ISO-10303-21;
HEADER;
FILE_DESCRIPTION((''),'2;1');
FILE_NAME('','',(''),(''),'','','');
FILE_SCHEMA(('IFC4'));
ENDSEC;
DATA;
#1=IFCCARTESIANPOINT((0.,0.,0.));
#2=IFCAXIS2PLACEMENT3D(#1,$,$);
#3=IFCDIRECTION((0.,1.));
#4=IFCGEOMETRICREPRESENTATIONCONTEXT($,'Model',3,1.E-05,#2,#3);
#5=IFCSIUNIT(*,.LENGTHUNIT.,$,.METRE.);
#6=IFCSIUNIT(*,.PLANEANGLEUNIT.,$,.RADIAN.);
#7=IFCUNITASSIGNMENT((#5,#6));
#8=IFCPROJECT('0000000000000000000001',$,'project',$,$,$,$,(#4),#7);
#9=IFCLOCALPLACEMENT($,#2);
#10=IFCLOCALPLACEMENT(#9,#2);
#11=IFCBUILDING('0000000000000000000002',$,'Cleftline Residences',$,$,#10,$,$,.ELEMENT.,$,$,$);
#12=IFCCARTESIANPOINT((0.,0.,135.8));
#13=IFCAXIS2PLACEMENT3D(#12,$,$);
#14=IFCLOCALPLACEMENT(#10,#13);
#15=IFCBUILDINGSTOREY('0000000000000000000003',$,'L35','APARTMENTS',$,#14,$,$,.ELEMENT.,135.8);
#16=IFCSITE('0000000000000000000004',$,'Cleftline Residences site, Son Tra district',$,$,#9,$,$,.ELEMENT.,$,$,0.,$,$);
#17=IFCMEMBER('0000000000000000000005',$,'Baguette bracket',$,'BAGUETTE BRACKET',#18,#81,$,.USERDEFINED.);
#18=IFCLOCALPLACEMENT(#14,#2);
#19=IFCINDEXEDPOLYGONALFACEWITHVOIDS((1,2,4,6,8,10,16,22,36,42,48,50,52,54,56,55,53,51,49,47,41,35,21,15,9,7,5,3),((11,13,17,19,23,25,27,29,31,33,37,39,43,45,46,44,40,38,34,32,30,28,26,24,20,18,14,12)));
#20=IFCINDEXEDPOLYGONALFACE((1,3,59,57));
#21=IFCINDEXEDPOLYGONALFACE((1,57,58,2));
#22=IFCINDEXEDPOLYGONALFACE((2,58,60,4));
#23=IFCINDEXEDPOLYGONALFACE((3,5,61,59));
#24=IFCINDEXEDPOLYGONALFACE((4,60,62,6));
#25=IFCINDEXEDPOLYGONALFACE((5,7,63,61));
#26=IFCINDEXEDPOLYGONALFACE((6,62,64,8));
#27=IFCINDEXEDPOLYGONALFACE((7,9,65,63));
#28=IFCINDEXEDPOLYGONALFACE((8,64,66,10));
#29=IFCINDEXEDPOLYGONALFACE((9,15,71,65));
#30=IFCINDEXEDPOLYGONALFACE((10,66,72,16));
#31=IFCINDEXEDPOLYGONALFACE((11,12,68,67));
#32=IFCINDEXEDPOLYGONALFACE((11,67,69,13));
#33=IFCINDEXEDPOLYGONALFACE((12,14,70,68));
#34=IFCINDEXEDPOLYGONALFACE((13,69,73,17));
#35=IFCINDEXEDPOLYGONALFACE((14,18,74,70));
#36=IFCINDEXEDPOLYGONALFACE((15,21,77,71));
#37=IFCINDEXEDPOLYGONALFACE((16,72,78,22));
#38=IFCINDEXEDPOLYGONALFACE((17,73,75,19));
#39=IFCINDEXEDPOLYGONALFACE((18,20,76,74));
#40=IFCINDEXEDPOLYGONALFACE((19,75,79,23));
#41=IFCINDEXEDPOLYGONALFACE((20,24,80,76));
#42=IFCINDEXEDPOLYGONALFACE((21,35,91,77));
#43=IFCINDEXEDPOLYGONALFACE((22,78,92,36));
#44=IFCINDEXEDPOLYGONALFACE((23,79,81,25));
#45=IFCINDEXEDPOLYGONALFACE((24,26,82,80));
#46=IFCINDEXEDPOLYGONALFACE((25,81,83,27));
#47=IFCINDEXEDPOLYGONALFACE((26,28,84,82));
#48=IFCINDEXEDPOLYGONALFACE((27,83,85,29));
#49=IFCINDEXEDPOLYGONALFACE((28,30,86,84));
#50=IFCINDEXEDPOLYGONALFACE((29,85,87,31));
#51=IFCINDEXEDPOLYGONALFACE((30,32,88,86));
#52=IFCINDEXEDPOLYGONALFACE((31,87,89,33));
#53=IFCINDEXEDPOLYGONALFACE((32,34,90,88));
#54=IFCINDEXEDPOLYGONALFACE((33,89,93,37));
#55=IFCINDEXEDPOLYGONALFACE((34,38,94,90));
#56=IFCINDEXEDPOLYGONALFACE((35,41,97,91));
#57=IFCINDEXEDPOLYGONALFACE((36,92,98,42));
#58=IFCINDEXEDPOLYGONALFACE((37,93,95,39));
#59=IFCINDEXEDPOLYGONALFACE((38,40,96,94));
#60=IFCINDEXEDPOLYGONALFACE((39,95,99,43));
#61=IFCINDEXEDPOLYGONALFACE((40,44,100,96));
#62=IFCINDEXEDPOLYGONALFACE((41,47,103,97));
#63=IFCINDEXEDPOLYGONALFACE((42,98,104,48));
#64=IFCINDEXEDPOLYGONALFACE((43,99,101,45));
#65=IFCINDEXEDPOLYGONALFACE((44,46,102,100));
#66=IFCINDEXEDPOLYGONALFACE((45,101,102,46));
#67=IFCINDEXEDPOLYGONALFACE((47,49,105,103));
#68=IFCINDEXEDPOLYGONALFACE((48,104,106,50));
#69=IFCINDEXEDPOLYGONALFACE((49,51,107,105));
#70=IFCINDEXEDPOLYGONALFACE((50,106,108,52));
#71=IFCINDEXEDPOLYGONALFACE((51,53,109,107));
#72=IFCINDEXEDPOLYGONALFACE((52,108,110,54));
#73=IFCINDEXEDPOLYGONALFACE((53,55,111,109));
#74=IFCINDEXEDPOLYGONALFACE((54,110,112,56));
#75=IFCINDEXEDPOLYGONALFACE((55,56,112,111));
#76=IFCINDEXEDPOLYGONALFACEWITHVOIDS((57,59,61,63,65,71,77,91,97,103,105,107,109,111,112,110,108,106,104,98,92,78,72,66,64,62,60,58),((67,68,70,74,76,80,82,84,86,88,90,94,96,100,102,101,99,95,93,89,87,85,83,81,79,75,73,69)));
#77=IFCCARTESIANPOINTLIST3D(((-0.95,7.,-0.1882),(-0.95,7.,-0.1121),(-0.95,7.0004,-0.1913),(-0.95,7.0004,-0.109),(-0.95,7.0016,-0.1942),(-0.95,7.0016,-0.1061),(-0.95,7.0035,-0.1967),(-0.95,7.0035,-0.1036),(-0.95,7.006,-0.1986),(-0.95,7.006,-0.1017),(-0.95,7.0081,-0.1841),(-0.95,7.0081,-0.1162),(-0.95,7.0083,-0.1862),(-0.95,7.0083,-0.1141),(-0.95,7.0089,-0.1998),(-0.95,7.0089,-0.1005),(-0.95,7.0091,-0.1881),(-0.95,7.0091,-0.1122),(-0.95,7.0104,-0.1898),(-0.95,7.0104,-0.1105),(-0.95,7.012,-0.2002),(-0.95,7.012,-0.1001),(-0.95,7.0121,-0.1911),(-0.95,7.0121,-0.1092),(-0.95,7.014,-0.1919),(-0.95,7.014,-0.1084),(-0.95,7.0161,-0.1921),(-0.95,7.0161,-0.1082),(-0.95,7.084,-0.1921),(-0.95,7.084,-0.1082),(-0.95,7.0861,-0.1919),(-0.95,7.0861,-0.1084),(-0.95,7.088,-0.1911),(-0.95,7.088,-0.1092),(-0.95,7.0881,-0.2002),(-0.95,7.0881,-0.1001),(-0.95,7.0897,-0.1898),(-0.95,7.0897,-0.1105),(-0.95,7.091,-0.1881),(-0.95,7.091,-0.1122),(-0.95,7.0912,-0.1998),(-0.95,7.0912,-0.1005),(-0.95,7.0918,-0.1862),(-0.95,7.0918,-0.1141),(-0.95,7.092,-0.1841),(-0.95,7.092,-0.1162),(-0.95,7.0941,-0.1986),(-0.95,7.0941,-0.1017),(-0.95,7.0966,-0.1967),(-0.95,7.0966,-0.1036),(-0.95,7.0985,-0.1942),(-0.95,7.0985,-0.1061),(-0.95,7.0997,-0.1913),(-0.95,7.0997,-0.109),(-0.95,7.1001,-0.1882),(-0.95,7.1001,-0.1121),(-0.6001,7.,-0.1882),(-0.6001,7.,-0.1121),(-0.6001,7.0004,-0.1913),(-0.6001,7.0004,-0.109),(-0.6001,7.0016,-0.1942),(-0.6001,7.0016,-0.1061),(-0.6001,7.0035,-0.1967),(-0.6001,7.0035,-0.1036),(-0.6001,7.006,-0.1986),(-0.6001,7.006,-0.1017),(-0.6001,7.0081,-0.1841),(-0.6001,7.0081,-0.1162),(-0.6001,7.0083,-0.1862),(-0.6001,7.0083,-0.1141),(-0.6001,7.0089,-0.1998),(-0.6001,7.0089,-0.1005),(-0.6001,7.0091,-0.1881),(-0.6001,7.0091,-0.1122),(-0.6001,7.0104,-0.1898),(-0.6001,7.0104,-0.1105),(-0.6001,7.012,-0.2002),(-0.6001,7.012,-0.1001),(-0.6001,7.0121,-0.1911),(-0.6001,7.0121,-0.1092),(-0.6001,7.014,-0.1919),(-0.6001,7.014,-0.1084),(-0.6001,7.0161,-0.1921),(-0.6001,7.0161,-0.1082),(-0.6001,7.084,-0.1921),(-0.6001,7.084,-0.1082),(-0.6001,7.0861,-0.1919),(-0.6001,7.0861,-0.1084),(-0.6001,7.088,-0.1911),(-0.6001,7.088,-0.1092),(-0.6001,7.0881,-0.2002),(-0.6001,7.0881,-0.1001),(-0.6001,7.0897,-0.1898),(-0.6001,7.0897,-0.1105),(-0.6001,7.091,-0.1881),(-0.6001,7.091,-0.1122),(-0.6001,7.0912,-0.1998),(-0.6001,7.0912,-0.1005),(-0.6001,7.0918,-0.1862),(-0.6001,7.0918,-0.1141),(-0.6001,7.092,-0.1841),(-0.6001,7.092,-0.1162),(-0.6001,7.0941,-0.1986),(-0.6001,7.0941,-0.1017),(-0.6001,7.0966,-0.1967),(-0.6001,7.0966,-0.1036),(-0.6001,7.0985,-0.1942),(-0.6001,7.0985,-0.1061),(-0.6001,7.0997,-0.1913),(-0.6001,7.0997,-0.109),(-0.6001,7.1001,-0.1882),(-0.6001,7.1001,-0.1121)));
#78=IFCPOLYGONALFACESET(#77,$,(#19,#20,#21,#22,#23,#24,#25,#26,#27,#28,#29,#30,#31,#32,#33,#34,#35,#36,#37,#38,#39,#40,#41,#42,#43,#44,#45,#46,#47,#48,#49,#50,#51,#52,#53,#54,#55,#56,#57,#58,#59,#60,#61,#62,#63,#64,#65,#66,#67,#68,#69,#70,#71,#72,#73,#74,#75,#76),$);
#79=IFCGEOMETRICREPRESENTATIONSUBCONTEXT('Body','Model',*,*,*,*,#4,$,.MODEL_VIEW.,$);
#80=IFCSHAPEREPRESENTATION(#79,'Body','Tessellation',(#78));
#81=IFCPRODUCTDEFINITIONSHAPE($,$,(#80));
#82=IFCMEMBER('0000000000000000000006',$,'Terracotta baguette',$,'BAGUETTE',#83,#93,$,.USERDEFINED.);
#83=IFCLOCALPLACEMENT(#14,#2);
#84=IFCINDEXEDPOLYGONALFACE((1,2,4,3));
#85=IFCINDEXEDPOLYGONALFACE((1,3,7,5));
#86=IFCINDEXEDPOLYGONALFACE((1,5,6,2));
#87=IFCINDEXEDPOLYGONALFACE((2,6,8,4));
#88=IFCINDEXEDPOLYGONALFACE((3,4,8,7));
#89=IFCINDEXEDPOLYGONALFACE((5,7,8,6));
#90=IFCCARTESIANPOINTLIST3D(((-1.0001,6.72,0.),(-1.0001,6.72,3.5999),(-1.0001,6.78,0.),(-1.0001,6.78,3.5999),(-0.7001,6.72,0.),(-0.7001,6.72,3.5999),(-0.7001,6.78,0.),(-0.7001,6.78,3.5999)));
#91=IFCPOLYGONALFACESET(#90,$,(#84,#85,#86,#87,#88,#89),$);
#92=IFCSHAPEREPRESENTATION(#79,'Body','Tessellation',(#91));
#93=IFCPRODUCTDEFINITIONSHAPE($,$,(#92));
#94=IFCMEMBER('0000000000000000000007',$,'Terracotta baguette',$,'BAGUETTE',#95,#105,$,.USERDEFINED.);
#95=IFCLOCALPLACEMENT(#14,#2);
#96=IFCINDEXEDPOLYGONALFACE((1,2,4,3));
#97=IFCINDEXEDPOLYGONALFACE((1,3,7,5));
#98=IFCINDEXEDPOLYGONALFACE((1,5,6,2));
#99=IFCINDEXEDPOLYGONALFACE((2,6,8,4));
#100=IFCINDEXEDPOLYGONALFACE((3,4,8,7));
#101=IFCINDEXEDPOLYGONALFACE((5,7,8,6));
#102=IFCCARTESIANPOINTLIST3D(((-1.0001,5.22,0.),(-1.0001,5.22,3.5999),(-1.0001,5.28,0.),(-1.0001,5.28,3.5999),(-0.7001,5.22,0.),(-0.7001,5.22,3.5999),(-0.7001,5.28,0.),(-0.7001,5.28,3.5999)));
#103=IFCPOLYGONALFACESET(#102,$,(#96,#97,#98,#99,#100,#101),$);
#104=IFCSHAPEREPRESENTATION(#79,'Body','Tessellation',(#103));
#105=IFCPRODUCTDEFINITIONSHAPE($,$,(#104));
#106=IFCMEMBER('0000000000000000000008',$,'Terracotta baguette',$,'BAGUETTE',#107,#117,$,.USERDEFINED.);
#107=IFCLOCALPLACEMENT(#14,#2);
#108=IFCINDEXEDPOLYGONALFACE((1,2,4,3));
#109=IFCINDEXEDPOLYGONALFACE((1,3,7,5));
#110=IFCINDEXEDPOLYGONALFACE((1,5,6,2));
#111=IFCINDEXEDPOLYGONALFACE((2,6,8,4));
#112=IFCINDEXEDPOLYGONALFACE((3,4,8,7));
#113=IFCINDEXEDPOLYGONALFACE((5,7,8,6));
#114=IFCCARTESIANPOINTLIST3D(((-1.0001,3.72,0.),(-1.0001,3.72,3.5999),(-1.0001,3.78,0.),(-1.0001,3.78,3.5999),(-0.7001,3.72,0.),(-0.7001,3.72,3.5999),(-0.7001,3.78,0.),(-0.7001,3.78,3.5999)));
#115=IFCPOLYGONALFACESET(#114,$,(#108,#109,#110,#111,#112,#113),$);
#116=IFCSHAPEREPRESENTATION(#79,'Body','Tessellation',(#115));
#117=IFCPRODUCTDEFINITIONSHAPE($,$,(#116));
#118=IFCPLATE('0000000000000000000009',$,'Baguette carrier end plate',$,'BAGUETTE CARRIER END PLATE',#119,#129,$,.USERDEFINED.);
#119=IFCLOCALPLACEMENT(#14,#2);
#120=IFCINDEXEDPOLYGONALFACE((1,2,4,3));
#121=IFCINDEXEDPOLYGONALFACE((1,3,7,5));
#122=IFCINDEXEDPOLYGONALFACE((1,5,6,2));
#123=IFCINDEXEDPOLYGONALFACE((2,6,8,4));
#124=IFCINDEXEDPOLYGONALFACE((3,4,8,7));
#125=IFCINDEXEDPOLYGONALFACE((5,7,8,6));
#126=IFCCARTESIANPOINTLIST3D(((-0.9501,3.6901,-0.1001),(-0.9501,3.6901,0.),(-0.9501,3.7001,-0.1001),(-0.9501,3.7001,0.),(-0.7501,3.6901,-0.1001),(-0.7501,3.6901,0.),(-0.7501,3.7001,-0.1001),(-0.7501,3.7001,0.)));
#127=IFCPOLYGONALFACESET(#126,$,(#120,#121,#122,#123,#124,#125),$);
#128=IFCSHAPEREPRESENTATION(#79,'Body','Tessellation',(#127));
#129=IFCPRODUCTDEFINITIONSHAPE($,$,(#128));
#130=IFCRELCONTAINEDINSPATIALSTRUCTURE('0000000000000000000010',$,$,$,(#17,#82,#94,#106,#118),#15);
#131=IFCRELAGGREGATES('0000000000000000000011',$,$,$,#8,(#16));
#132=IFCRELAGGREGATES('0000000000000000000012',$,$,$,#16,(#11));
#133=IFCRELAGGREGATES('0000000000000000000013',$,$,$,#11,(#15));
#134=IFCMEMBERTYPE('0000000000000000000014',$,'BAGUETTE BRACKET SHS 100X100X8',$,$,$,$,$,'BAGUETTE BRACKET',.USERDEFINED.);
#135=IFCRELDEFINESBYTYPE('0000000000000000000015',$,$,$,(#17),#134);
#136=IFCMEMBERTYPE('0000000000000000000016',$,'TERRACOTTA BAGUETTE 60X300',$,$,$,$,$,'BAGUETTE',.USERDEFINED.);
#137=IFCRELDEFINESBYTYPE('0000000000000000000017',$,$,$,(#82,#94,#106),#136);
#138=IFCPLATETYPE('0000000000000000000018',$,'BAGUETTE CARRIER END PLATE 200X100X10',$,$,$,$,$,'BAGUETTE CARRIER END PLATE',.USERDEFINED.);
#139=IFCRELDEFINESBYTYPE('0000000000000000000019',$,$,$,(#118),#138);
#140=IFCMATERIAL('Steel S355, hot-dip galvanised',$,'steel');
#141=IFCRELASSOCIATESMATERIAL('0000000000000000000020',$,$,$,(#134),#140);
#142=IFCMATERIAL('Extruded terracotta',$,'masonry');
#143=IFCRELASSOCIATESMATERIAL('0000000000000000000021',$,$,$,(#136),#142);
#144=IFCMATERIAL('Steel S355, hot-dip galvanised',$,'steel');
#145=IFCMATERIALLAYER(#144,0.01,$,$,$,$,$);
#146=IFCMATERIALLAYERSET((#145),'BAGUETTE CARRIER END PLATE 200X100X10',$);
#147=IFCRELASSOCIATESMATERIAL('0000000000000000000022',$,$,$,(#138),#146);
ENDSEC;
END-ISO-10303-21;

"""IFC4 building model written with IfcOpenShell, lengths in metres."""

from ifc_helpers import new_model, si_unit, direction, frame, origin, origin_2d, place, context, subcontext, project, spatial, rectangle, hollow_rectangle, extrude, material, layer, layer_set, material_profile, profile_set, type_object, element, save


model = new_model("IFC4")

# Units and contexts
model_context = context("Model", 3, precision=1e-05, world=origin(), true_north=direction((0.0, 1.0)))
body_context = subcontext(model_context, "Body", "Model", "MODEL_VIEW")
ifc_project = project(units=[si_unit("LENGTHUNIT", "METRE"), si_unit("PLANEANGLEUNIT", "RADIAN")], contexts=[model_context])

# Site, building, storey
site_placement = place(None, origin())
site = spatial("IfcSite", under=ifc_project, at=site_placement, Name="Cleftline Residences site, Son Tra district", CompositionType="ELEMENT", RefElevation=0.0)
building_placement = place(site_placement, origin())
building = spatial("IfcBuilding", under=site, at=building_placement, Name="Cleftline Residences", CompositionType="ELEMENT")
storey_placement = place(building_placement, frame((0.0, 0.0, 135.8)))
storey = spatial("IfcBuildingStorey", under=building, at=storey_placement, Name="L35", Description="APARTMENTS", CompositionType="ELEMENT", Elevation=135.8)

# Members
ifc_material_1 = material(Name="Steel S355, hot-dip galvanised", Category="steel")
ifc_material_profile_1 = material_profile(ifc_material_1, hollow_rectangle(XDim=0.1001, YDim=0.1001, WallThickness=0.0081, InnerFilletRadius=0.0081, OuterFilletRadius=0.012, at=origin_2d()))
ifc_profile_set_1 = profile_set([ifc_material_profile_1], Name="Steel S355, hot-dip galvanised")
member_type_1 = type_object("IfcMemberType", Name="BAGUETTE BRACKET SHS 100X100X8", ElementType="BAGUETTE BRACKET", PredefinedType="USERDEFINED", material=ifc_profile_set_1)
member_placement = place(storey_placement, frame((-0.6001, 7.05, -0.1501), z_axis=(-1.0, 0.0, 0.0), x_axis=(0.0, -1.0, 0.0)))
element("IfcMember", 1, at=member_placement, inside=storey, type_object=member_type_1, Name="Baguette bracket", ObjectType="BAGUETTE BRACKET", PredefinedType="USERDEFINED", context=body_context, shape_type="SweptSolid", body=[
    extrude(hollow_rectangle(XDim=0.1001, YDim=0.1001, WallThickness=0.0081, InnerFilletRadius=0.0081, OuterFilletRadius=0.012, at=origin_2d()), origin(), (0.0, 0.0, 1.0), 0.3499),
])
ifc_material_2 = material(Name="Extruded terracotta", Category="masonry")
ifc_material_profile_2 = material_profile(ifc_material_2, rectangle(XDim=0.0601, YDim=0.3, at=origin_2d()))
ifc_profile_set_2 = profile_set([ifc_material_profile_2], Name="Extruded terracotta")
member_type_2 = type_object("IfcMemberType", Name="TERRACOTTA BAGUETTE 60X300", ElementType="BAGUETTE", PredefinedType="USERDEFINED", material=ifc_profile_set_2)
for number, where, z_axis, x_axis, name in (
    (2, (-0.8501, 6.75, 0.0), (0.0, 0.0, 1.0), (0.0, 1.0, 0.0), "Terracotta baguette"),
    (3, (-0.8501, 5.25, 0.0), (0.0, 0.0, 1.0), (0.0, 1.0, 0.0), "Terracotta baguette"),
    (4, (-0.8501, 3.75, 0.0), (0.0, 0.0, 1.0), (0.0, 1.0, 0.0), "Terracotta baguette"),
):
    element("IfcMember", number, at=place(storey_placement, frame(where, z_axis=z_axis, x_axis=x_axis)), inside=storey, type_object=member_type_2, Name=name, ObjectType="BAGUETTE", PredefinedType="USERDEFINED", context=body_context, shape_type="SweptSolid", body=[
        extrude(rectangle(XDim=0.0601, YDim=0.3, at=origin_2d()), origin(), (0.0, 0.0, 1.0), 3.5999),
    ])

# Plate
ifc_material_3 = material(Name="Steel S355, hot-dip galvanised", Category="steel")
ifc_layer_1 = layer(ifc_material_3, 0.01)
ifc_layer_set_1 = layer_set([ifc_layer_1], Name="BAGUETTE CARRIER END PLATE 200X100X10")
plate_type = type_object("IfcPlateType", Name="BAGUETTE CARRIER END PLATE 200X100X10", ElementType="BAGUETTE CARRIER END PLATE", PredefinedType="USERDEFINED", material=ifc_layer_set_1)
plate_placement = place(storey_placement, frame((-0.8501, 3.6951, -0.1001), z_axis=(0.0, 0.0, 1.0), x_axis=(-1.0, 0.0, 0.0)))
element("IfcPlate", 5, at=plate_placement, inside=storey, type_object=plate_type, Name="Baguette carrier end plate", ObjectType="BAGUETTE CARRIER END PLATE", PredefinedType="USERDEFINED", context=body_context, shape_type="SweptSolid", body=[
    extrude(rectangle(XDim=0.2, YDim=0.01, at=origin_2d()), origin(), (0.0, 0.0, 1.0), 0.1001),
])

save(model, "model.ifc")
